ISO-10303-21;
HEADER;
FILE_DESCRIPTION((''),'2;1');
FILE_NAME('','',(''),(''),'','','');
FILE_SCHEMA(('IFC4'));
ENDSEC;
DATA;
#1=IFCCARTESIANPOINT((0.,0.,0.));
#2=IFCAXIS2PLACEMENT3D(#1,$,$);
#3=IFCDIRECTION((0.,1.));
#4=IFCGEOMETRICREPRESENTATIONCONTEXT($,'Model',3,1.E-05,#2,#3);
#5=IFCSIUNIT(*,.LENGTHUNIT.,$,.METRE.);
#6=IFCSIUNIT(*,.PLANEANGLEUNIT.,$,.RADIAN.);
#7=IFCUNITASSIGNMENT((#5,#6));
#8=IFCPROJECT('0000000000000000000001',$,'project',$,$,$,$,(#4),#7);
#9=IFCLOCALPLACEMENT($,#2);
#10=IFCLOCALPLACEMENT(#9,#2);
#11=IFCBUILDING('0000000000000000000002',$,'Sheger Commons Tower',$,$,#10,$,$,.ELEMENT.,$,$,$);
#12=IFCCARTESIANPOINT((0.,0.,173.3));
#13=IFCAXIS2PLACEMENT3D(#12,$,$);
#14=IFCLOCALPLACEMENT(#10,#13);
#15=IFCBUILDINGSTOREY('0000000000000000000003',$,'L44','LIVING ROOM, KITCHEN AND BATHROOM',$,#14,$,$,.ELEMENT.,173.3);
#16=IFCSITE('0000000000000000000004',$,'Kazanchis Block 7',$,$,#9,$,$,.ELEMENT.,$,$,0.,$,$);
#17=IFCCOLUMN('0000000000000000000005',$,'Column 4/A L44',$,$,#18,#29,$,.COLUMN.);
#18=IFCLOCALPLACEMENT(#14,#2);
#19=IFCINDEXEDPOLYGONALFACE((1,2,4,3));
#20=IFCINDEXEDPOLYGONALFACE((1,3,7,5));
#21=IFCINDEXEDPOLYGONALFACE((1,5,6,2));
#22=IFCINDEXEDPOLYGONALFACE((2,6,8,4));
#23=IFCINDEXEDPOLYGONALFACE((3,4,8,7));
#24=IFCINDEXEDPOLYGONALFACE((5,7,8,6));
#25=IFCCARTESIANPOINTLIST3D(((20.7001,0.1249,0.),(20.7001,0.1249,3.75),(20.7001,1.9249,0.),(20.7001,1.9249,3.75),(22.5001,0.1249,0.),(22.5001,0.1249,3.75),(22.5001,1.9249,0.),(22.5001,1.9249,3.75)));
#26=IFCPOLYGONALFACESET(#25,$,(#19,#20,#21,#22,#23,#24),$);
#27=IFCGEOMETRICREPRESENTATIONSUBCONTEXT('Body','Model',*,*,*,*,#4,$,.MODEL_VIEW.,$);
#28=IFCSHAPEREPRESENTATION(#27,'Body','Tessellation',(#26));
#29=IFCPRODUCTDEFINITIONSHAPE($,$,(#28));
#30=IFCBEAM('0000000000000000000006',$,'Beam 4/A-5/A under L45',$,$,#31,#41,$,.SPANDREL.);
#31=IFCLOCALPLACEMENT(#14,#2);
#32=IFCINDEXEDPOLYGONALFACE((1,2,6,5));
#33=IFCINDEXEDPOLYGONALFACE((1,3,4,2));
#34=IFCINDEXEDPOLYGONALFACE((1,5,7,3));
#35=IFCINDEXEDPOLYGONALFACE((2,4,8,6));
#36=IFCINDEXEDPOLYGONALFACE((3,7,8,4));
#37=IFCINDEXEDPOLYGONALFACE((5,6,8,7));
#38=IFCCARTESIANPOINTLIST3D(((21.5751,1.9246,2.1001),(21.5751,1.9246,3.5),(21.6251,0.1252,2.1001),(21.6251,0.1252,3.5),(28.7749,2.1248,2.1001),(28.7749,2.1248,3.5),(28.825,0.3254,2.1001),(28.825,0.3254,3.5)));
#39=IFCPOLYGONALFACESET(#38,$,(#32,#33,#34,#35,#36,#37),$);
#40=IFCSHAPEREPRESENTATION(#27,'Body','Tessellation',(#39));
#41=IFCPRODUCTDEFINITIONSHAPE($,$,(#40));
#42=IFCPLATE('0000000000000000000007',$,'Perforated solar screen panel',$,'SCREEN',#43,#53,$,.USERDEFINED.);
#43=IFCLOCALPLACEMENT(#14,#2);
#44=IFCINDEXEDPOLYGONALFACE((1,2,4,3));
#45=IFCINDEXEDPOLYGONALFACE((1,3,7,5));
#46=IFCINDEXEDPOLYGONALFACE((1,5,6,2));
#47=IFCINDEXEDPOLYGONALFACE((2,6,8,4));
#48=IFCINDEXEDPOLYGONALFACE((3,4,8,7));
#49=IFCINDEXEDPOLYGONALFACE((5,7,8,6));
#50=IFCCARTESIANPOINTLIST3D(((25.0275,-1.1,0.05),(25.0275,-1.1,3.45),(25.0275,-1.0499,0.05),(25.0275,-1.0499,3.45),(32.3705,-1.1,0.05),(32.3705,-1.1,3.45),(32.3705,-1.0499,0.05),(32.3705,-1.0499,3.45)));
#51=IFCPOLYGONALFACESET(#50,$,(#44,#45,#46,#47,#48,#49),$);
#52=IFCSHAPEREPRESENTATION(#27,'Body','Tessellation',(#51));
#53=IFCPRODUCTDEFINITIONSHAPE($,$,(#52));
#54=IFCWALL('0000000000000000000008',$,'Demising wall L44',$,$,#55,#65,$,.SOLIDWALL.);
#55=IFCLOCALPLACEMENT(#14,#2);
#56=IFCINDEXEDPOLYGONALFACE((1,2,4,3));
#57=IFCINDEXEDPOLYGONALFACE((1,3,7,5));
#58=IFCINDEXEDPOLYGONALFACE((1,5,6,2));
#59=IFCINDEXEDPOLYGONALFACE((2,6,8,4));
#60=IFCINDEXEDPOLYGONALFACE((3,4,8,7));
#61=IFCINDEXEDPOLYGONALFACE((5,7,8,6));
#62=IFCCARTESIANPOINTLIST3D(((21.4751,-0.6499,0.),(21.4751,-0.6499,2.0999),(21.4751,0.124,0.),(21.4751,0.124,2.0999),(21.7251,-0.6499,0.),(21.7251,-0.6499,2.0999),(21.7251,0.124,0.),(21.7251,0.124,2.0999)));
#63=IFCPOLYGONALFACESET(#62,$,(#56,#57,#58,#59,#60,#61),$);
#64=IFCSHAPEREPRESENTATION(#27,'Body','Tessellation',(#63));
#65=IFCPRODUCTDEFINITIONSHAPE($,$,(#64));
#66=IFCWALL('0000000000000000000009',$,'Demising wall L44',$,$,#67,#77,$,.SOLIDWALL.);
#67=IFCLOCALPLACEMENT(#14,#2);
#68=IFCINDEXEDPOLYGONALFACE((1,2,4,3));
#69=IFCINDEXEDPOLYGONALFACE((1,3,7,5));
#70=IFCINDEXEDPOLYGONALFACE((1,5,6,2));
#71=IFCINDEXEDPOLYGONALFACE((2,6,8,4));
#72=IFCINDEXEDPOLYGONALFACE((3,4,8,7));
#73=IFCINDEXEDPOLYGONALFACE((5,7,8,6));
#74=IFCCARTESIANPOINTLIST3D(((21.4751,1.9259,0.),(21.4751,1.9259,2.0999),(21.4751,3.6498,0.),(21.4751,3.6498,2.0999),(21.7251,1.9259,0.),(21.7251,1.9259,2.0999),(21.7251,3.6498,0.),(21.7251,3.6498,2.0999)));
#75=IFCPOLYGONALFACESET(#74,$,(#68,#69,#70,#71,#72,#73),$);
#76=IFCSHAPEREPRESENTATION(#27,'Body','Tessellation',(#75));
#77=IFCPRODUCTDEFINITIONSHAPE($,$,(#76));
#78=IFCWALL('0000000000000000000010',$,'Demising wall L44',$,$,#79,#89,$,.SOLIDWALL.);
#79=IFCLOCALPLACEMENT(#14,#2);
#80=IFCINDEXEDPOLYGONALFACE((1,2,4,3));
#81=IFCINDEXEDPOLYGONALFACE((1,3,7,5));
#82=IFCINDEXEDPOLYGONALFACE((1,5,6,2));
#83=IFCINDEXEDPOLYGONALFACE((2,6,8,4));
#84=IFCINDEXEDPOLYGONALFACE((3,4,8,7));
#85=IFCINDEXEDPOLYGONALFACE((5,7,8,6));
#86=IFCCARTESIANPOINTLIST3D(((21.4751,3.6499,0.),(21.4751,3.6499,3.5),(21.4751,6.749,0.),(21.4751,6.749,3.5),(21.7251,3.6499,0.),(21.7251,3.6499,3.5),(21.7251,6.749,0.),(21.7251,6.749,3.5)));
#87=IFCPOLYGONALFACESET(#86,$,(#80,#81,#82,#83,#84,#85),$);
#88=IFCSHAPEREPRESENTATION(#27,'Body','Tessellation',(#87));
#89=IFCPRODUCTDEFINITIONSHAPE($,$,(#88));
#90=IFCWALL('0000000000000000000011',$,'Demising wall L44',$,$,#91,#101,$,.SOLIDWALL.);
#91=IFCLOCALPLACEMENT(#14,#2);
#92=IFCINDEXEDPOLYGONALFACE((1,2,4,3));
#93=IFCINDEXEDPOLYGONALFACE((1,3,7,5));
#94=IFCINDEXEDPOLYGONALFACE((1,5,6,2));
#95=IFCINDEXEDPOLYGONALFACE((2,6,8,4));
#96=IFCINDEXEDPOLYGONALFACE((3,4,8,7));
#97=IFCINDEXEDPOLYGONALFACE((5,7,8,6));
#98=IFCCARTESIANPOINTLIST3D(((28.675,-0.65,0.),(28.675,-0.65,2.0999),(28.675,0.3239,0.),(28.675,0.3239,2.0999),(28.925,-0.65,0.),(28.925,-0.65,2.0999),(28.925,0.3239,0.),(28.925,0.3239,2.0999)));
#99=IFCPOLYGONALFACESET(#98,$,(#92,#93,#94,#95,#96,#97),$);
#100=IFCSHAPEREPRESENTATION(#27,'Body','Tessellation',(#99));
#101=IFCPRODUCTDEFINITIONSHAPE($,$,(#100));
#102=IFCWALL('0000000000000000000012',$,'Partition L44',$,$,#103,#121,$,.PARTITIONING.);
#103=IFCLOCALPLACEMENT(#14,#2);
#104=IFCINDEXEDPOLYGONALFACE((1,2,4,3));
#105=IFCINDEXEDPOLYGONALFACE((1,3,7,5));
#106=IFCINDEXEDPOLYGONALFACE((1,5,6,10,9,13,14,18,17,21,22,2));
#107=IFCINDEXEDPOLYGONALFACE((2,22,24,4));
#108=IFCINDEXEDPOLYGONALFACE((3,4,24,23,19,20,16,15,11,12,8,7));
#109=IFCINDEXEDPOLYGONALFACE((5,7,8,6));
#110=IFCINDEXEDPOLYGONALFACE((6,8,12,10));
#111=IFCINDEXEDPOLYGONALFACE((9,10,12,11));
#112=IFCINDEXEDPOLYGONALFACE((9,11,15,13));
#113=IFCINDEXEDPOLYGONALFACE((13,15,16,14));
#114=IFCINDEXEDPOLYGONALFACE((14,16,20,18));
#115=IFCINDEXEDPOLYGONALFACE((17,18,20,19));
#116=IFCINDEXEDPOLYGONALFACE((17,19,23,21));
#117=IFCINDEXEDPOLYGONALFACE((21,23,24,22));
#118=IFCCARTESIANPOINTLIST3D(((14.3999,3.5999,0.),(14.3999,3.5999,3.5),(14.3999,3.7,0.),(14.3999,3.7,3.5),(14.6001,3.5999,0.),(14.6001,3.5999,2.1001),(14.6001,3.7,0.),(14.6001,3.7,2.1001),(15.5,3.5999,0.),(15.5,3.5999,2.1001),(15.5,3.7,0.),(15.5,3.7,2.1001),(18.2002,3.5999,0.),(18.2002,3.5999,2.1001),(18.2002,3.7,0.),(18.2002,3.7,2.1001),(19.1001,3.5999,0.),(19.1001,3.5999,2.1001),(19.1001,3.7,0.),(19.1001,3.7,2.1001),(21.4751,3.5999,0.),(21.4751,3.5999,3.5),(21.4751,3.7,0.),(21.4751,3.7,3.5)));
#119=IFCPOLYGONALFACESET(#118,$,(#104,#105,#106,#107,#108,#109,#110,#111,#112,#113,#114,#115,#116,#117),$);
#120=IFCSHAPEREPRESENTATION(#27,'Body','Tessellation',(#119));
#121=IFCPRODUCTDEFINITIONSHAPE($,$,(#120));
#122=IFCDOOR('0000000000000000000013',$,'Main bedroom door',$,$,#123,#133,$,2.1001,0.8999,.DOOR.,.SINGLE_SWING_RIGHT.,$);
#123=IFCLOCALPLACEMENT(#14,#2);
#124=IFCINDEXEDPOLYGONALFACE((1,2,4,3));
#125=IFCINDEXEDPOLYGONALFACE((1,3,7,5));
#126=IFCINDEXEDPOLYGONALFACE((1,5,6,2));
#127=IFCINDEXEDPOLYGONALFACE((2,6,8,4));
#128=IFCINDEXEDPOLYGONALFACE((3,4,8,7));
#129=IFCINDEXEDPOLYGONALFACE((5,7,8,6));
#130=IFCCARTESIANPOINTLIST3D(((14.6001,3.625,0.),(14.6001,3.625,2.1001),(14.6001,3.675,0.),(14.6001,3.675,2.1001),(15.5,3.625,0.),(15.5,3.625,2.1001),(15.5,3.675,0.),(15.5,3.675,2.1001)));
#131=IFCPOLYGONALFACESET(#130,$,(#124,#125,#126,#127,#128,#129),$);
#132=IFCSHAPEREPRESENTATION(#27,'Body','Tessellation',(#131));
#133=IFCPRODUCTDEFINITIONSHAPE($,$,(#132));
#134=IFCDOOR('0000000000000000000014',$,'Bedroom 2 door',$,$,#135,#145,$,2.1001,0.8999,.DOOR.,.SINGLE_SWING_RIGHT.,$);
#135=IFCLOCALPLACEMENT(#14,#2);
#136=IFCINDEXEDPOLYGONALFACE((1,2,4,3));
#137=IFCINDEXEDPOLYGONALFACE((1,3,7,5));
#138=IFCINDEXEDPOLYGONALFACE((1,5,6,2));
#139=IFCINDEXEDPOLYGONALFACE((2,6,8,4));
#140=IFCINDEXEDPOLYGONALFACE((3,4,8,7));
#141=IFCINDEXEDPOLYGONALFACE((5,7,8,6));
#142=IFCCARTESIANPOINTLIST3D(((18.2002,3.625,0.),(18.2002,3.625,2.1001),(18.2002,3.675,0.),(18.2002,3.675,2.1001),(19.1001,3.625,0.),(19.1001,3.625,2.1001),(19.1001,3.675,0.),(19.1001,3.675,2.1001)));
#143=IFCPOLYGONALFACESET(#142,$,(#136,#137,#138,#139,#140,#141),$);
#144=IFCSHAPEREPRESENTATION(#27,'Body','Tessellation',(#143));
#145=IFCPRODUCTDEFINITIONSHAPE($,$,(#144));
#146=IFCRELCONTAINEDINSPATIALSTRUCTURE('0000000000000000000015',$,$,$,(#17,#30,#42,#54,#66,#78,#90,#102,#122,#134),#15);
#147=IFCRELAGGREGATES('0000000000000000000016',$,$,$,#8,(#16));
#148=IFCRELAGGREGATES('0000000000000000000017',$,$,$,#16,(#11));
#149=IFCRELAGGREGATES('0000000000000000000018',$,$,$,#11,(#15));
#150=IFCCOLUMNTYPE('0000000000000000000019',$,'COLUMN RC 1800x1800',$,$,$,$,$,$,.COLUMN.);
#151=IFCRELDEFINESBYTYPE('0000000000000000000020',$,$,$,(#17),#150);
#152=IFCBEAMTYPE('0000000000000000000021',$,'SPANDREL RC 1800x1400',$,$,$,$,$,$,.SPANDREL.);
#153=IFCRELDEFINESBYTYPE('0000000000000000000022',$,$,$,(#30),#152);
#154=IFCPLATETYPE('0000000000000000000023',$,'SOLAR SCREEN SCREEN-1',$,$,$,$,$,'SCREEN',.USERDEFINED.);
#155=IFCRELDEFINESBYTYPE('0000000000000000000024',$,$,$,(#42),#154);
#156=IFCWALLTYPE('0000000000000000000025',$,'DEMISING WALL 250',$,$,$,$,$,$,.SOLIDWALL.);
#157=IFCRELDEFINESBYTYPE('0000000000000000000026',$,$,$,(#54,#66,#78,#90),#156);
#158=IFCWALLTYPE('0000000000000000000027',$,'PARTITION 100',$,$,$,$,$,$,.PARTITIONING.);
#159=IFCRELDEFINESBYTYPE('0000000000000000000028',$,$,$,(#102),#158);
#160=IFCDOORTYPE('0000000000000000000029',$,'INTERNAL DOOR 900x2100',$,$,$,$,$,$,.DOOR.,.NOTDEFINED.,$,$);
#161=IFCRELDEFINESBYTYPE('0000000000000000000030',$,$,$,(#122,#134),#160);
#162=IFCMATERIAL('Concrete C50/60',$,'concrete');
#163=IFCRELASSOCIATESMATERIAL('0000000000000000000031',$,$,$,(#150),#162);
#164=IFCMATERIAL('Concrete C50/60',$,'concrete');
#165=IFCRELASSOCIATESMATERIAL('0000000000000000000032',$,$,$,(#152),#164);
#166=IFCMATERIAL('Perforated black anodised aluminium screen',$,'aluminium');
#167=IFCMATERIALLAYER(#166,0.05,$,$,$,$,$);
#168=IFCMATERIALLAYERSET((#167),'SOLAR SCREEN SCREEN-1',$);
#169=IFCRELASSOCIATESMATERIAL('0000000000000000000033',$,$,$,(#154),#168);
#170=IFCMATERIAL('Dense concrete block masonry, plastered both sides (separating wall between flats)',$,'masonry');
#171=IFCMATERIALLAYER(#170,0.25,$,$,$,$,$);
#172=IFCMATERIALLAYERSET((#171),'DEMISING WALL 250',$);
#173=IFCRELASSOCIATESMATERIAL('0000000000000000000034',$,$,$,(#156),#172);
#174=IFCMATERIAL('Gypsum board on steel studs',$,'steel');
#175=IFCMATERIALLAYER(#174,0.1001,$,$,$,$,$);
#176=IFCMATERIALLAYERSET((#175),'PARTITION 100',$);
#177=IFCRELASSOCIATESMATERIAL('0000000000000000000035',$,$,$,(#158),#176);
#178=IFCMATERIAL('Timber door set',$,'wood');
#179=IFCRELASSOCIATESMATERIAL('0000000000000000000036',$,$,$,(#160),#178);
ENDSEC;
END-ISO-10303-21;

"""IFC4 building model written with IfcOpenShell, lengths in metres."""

from ifc_helpers import new_model, si_unit, direction, frame, frame_2d, origin, origin_2d, place, context, subcontext, project, spatial, rectangle, extrude, material, layer, layer_set, material_profile, profile_set, type_object, element, fill, save


model = new_model("IFC4")

# Units and contexts
model_context = context("Model", 3, precision=1e-05, world=origin(), true_north=direction((0.0, 1.0)))
body_context = subcontext(model_context, "Body", "Model", "MODEL_VIEW")
ifc_project = project(units=[si_unit("LENGTHUNIT", "METRE"), si_unit("PLANEANGLEUNIT", "RADIAN")], contexts=[model_context])

# Site, building, storey
site_placement = place(None, origin())
site = spatial("IfcSite", under=ifc_project, at=site_placement, Name="Kazanchis Block 7", CompositionType="ELEMENT", RefElevation=0.0)
building_placement = place(site_placement, origin())
building = spatial("IfcBuilding", under=site, at=building_placement, Name="Sheger Commons Tower", CompositionType="ELEMENT")
storey_placement = place(building_placement, frame((0.0, 0.0, 173.3)))
storey = spatial("IfcBuildingStorey", under=building, at=storey_placement, Name="L44", Description="LIVING ROOM, KITCHEN AND BATHROOM", CompositionType="ELEMENT", Elevation=173.3)

# Column
ifc_material_1 = material(Name="Concrete C50/60", Category="concrete")
ifc_material_profile_1 = material_profile(ifc_material_1, rectangle(XDim=1.8, YDim=1.8, at=origin_2d()), Name="RC 1800x1800")
ifc_profile_set_1 = profile_set([ifc_material_profile_1], Name="Concrete C50/60")
column_type = type_object("IfcColumnType", Name="COLUMN RC 1800x1800", PredefinedType="COLUMN", material=ifc_profile_set_1)
column_placement = place(storey_placement, frame((21.6001, 1.0249, 0.0), z_axis=(0.0, 0.0, 1.0), x_axis=(1.0, 0.0, 0.0)))
element("IfcColumn", 1, at=column_placement, inside=storey, type_object=column_type, Name="Column 4/A L44", PredefinedType="COLUMN", context=body_context, shape_type="SweptSolid", body=[
    extrude(rectangle(XDim=1.8, YDim=1.8, at=origin_2d()), origin(), (0.0, 0.0, 1.0), 3.75),
])

# Beam
ifc_material_2 = material(Name="Concrete C50/60", Category="concrete")
ifc_material_profile_2 = material_profile(ifc_material_2, rectangle(XDim=1.8, YDim=1.3999, at=origin_2d()), Name="RC 1800x1400")
ifc_profile_set_2 = profile_set([ifc_material_profile_2], Name="Concrete C50/60")
beam_type = type_object("IfcBeamType", Name="SPANDREL RC 1800x1400", PredefinedType="SPANDREL", material=ifc_profile_set_2)
beam_placement = place(storey_placement, frame((21.6001, 1.0249, 2.8), z_axis=(0.999614, 0.027794, 0.0), x_axis=(-0.027794, 0.999614, 0.0)))
element("IfcBeam", 2, at=beam_placement, inside=storey, type_object=beam_type, Name="Beam 4/A-5/A under L45", PredefinedType="SPANDREL", context=body_context, shape_type="SweptSolid", body=[
    extrude(rectangle(XDim=1.8, YDim=1.3999, at=origin_2d()), origin(), (0.0, 0.0, 1.0), 7.2026),
])

# Plate
ifc_material_3 = material(Name="Perforated black anodised aluminium screen", Category="aluminium")
ifc_layer_1 = layer(ifc_material_3, 0.05)
ifc_layer_set_1 = layer_set([ifc_layer_1], Name="SOLAR SCREEN SCREEN-1")
plate_type = type_object("IfcPlateType", Name="SOLAR SCREEN SCREEN-1", ElementType="SCREEN", PredefinedType="USERDEFINED", material=ifc_layer_set_1)
plate_placement = place(storey_placement, frame((28.699, -1.075, 0.05), z_axis=(0.0, 0.0, 1.0), x_axis=(1.0, 0.0, 0.0)))
element("IfcPlate", 3, at=plate_placement, inside=storey, type_object=plate_type, Name="Perforated solar screen panel", ObjectType="SCREEN", PredefinedType="USERDEFINED", context=body_context, shape_type="SweptSolid", body=[
    extrude(rectangle(XDim=7.343, YDim=0.05, at=origin_2d()), origin(), (0.0, 0.0, 1.0), 3.3999),
])

# Walls
ifc_material_4 = material(Name="Dense concrete block masonry, plastered both sides (separating wall between flats)", Category="masonry")
ifc_layer_2 = layer(ifc_material_4, 0.25)
ifc_layer_set_2 = layer_set([ifc_layer_2], Name="DEMISING WALL 250")
wall_type_1 = type_object("IfcWallType", Name="DEMISING WALL 250", PredefinedType="SOLIDWALL", material=ifc_layer_set_2)
wall_1_placement = place(storey_placement, frame((21.6001, -0.6499, 0.0), z_axis=(0.0, 0.0, 1.0), x_axis=(0.0, 1.0, 0.0)))
element("IfcWall", 4, at=wall_1_placement, inside=storey, type_object=wall_type_1, Name="Demising wall L44", PredefinedType="SOLIDWALL", context=body_context, shape_type="SweptSolid", body=[
    extrude(rectangle(XDim=0.7739, YDim=0.25, at=frame_2d((0.387, 0.0))), origin(), (0.0, 0.0, 1.0), 2.0999),
])
wall_2_placement = place(storey_placement, frame((21.6001, 1.926, 0.0), z_axis=(0.0, 0.0, 1.0), x_axis=(0.0, 1.0, 0.0)))
element("IfcWall", 5, at=wall_2_placement, inside=storey, type_object=wall_type_1, Name="Demising wall L44", PredefinedType="SOLIDWALL", context=body_context, shape_type="SweptSolid", body=[
    extrude(rectangle(XDim=1.7239, YDim=0.25, at=frame_2d((0.8618, 0.0))), origin(), (0.0, 0.0, 1.0), 2.0999),
])
wall_3_placement = place(storey_placement, frame((21.6001, 3.6499, 0.0), z_axis=(0.0, 0.0, 1.0), x_axis=(0.0, 1.0, 0.0)))
element("IfcWall", 6, at=wall_3_placement, inside=storey, type_object=wall_type_1, Name="Demising wall L44", PredefinedType="SOLIDWALL", context=body_context, shape_type="SweptSolid", body=[
    extrude(rectangle(XDim=3.0991, YDim=0.25, at=frame_2d((1.5496, 0.0))), origin(), (0.0, 0.0, 1.0), 3.5),
])
wall_4_placement = place(storey_placement, frame((28.8, -0.6499, 0.0), z_axis=(0.0, 0.0, 1.0), x_axis=(0.0, 1.0, 0.0)))
element("IfcWall", 7, at=wall_4_placement, inside=storey, type_object=wall_type_1, Name="Demising wall L44", PredefinedType="SOLIDWALL", context=body_context, shape_type="SweptSolid", body=[
    extrude(rectangle(XDim=0.9739, YDim=0.25, at=frame_2d((0.4868, 0.0))), origin(), (0.0, 0.0, 1.0), 2.0999),
])

# Wall, openings, doors
ifc_material_5 = material(Name="Gypsum board on steel studs", Category="steel")
ifc_layer_3 = layer(ifc_material_5, 0.1001)
ifc_layer_set_3 = layer_set([ifc_layer_3], Name="PARTITION 100")
wall_type_2 = type_object("IfcWallType", Name="PARTITION 100", PredefinedType="PARTITIONING", material=ifc_layer_set_3)
wall_5_placement = place(storey_placement, frame((21.4751, 3.6499, 0.0), z_axis=(0.0, 0.0, 1.0), x_axis=(-1.0, 0.0, 0.0)))
wall_5 = element("IfcWall", 8, at=wall_5_placement, inside=storey, type_object=wall_type_2, Name="Partition L44", PredefinedType="PARTITIONING", context=body_context, shape_type="SweptSolid", body=[
    extrude(rectangle(XDim=7.0752, YDim=0.1001, at=frame_2d((3.5376, 0.0))), origin(), (0.0, 0.0, 1.0), 3.5),
])
opening_1_placement = place(wall_5_placement, frame((5.9751, 0.0, 0.0)))
opening_1 = element("IfcOpeningElement", 9, at=opening_1_placement, cuts=wall_5, PredefinedType="OPENING", context=body_context, shape_type="SweptSolid", body=[
    extrude(rectangle(XDim=0.8999, YDim=2.1001, at=frame_2d((0.45, 1.05))), frame((0.0, 0.0601, 0.0), z_axis=(0.0, -1.0, 0.0), x_axis=(1.0, 0.0, 0.0)), (0.0, 0.0, 1.0), 0.1201),
])
opening_2_placement = place(wall_5_placement, frame((2.375, 0.0, 0.0)))
opening_2 = element("IfcOpeningElement", 10, at=opening_2_placement, cuts=wall_5, PredefinedType="OPENING", context=body_context, shape_type="SweptSolid", body=[
    extrude(rectangle(XDim=0.8999, YDim=2.1001, at=frame_2d((0.45, 1.05))), frame((0.0, 0.0601, 0.0), z_axis=(0.0, -1.0, 0.0), x_axis=(1.0, 0.0, 0.0)), (0.0, 0.0, 1.0), 0.1201),
])
ifc_material_6 = material(Name="Timber door set", Category="wood")
door_type = type_object("IfcDoorType", Name="INTERNAL DOOR 900x2100", OperationType="NOTDEFINED", PredefinedType="DOOR", material=ifc_material_6)
door_1_placement = place(opening_1_placement, origin())
door_1 = element("IfcDoor", 11, at=door_1_placement, inside=storey, type_object=door_type, Name="Main bedroom door", OperationType="SINGLE_SWING_RIGHT", OverallHeight=2.1001, OverallWidth=0.8999, PredefinedType="DOOR", context=body_context, shape_type="SweptSolid", body=[
    extrude(rectangle(XDim=0.8999, YDim=2.1001, at=frame_2d((0.45, 1.05))), frame((0.0, 0.0249, 0.0), z_axis=(0.0, -1.0, 0.0), x_axis=(1.0, 0.0, 0.0)), (0.0, 0.0, 1.0), 0.05),
])
fill(opening_1, door_1)
door_2_placement = place(opening_2_placement, origin())
door_2 = element("IfcDoor", 12, at=door_2_placement, inside=storey, type_object=door_type, Name="Bedroom 2 door", OperationType="SINGLE_SWING_RIGHT", OverallHeight=2.1001, OverallWidth=0.8999, PredefinedType="DOOR", context=body_context, shape_type="SweptSolid", body=[
    extrude(rectangle(XDim=0.8999, YDim=2.1001, at=frame_2d((0.45, 1.05))), frame((0.0, 0.0249, 0.0), z_axis=(0.0, -1.0, 0.0), x_axis=(1.0, 0.0, 0.0)), (0.0, 0.0, 1.0), 0.05),
])
fill(opening_2, door_2)

save(model, "model.ifc")
